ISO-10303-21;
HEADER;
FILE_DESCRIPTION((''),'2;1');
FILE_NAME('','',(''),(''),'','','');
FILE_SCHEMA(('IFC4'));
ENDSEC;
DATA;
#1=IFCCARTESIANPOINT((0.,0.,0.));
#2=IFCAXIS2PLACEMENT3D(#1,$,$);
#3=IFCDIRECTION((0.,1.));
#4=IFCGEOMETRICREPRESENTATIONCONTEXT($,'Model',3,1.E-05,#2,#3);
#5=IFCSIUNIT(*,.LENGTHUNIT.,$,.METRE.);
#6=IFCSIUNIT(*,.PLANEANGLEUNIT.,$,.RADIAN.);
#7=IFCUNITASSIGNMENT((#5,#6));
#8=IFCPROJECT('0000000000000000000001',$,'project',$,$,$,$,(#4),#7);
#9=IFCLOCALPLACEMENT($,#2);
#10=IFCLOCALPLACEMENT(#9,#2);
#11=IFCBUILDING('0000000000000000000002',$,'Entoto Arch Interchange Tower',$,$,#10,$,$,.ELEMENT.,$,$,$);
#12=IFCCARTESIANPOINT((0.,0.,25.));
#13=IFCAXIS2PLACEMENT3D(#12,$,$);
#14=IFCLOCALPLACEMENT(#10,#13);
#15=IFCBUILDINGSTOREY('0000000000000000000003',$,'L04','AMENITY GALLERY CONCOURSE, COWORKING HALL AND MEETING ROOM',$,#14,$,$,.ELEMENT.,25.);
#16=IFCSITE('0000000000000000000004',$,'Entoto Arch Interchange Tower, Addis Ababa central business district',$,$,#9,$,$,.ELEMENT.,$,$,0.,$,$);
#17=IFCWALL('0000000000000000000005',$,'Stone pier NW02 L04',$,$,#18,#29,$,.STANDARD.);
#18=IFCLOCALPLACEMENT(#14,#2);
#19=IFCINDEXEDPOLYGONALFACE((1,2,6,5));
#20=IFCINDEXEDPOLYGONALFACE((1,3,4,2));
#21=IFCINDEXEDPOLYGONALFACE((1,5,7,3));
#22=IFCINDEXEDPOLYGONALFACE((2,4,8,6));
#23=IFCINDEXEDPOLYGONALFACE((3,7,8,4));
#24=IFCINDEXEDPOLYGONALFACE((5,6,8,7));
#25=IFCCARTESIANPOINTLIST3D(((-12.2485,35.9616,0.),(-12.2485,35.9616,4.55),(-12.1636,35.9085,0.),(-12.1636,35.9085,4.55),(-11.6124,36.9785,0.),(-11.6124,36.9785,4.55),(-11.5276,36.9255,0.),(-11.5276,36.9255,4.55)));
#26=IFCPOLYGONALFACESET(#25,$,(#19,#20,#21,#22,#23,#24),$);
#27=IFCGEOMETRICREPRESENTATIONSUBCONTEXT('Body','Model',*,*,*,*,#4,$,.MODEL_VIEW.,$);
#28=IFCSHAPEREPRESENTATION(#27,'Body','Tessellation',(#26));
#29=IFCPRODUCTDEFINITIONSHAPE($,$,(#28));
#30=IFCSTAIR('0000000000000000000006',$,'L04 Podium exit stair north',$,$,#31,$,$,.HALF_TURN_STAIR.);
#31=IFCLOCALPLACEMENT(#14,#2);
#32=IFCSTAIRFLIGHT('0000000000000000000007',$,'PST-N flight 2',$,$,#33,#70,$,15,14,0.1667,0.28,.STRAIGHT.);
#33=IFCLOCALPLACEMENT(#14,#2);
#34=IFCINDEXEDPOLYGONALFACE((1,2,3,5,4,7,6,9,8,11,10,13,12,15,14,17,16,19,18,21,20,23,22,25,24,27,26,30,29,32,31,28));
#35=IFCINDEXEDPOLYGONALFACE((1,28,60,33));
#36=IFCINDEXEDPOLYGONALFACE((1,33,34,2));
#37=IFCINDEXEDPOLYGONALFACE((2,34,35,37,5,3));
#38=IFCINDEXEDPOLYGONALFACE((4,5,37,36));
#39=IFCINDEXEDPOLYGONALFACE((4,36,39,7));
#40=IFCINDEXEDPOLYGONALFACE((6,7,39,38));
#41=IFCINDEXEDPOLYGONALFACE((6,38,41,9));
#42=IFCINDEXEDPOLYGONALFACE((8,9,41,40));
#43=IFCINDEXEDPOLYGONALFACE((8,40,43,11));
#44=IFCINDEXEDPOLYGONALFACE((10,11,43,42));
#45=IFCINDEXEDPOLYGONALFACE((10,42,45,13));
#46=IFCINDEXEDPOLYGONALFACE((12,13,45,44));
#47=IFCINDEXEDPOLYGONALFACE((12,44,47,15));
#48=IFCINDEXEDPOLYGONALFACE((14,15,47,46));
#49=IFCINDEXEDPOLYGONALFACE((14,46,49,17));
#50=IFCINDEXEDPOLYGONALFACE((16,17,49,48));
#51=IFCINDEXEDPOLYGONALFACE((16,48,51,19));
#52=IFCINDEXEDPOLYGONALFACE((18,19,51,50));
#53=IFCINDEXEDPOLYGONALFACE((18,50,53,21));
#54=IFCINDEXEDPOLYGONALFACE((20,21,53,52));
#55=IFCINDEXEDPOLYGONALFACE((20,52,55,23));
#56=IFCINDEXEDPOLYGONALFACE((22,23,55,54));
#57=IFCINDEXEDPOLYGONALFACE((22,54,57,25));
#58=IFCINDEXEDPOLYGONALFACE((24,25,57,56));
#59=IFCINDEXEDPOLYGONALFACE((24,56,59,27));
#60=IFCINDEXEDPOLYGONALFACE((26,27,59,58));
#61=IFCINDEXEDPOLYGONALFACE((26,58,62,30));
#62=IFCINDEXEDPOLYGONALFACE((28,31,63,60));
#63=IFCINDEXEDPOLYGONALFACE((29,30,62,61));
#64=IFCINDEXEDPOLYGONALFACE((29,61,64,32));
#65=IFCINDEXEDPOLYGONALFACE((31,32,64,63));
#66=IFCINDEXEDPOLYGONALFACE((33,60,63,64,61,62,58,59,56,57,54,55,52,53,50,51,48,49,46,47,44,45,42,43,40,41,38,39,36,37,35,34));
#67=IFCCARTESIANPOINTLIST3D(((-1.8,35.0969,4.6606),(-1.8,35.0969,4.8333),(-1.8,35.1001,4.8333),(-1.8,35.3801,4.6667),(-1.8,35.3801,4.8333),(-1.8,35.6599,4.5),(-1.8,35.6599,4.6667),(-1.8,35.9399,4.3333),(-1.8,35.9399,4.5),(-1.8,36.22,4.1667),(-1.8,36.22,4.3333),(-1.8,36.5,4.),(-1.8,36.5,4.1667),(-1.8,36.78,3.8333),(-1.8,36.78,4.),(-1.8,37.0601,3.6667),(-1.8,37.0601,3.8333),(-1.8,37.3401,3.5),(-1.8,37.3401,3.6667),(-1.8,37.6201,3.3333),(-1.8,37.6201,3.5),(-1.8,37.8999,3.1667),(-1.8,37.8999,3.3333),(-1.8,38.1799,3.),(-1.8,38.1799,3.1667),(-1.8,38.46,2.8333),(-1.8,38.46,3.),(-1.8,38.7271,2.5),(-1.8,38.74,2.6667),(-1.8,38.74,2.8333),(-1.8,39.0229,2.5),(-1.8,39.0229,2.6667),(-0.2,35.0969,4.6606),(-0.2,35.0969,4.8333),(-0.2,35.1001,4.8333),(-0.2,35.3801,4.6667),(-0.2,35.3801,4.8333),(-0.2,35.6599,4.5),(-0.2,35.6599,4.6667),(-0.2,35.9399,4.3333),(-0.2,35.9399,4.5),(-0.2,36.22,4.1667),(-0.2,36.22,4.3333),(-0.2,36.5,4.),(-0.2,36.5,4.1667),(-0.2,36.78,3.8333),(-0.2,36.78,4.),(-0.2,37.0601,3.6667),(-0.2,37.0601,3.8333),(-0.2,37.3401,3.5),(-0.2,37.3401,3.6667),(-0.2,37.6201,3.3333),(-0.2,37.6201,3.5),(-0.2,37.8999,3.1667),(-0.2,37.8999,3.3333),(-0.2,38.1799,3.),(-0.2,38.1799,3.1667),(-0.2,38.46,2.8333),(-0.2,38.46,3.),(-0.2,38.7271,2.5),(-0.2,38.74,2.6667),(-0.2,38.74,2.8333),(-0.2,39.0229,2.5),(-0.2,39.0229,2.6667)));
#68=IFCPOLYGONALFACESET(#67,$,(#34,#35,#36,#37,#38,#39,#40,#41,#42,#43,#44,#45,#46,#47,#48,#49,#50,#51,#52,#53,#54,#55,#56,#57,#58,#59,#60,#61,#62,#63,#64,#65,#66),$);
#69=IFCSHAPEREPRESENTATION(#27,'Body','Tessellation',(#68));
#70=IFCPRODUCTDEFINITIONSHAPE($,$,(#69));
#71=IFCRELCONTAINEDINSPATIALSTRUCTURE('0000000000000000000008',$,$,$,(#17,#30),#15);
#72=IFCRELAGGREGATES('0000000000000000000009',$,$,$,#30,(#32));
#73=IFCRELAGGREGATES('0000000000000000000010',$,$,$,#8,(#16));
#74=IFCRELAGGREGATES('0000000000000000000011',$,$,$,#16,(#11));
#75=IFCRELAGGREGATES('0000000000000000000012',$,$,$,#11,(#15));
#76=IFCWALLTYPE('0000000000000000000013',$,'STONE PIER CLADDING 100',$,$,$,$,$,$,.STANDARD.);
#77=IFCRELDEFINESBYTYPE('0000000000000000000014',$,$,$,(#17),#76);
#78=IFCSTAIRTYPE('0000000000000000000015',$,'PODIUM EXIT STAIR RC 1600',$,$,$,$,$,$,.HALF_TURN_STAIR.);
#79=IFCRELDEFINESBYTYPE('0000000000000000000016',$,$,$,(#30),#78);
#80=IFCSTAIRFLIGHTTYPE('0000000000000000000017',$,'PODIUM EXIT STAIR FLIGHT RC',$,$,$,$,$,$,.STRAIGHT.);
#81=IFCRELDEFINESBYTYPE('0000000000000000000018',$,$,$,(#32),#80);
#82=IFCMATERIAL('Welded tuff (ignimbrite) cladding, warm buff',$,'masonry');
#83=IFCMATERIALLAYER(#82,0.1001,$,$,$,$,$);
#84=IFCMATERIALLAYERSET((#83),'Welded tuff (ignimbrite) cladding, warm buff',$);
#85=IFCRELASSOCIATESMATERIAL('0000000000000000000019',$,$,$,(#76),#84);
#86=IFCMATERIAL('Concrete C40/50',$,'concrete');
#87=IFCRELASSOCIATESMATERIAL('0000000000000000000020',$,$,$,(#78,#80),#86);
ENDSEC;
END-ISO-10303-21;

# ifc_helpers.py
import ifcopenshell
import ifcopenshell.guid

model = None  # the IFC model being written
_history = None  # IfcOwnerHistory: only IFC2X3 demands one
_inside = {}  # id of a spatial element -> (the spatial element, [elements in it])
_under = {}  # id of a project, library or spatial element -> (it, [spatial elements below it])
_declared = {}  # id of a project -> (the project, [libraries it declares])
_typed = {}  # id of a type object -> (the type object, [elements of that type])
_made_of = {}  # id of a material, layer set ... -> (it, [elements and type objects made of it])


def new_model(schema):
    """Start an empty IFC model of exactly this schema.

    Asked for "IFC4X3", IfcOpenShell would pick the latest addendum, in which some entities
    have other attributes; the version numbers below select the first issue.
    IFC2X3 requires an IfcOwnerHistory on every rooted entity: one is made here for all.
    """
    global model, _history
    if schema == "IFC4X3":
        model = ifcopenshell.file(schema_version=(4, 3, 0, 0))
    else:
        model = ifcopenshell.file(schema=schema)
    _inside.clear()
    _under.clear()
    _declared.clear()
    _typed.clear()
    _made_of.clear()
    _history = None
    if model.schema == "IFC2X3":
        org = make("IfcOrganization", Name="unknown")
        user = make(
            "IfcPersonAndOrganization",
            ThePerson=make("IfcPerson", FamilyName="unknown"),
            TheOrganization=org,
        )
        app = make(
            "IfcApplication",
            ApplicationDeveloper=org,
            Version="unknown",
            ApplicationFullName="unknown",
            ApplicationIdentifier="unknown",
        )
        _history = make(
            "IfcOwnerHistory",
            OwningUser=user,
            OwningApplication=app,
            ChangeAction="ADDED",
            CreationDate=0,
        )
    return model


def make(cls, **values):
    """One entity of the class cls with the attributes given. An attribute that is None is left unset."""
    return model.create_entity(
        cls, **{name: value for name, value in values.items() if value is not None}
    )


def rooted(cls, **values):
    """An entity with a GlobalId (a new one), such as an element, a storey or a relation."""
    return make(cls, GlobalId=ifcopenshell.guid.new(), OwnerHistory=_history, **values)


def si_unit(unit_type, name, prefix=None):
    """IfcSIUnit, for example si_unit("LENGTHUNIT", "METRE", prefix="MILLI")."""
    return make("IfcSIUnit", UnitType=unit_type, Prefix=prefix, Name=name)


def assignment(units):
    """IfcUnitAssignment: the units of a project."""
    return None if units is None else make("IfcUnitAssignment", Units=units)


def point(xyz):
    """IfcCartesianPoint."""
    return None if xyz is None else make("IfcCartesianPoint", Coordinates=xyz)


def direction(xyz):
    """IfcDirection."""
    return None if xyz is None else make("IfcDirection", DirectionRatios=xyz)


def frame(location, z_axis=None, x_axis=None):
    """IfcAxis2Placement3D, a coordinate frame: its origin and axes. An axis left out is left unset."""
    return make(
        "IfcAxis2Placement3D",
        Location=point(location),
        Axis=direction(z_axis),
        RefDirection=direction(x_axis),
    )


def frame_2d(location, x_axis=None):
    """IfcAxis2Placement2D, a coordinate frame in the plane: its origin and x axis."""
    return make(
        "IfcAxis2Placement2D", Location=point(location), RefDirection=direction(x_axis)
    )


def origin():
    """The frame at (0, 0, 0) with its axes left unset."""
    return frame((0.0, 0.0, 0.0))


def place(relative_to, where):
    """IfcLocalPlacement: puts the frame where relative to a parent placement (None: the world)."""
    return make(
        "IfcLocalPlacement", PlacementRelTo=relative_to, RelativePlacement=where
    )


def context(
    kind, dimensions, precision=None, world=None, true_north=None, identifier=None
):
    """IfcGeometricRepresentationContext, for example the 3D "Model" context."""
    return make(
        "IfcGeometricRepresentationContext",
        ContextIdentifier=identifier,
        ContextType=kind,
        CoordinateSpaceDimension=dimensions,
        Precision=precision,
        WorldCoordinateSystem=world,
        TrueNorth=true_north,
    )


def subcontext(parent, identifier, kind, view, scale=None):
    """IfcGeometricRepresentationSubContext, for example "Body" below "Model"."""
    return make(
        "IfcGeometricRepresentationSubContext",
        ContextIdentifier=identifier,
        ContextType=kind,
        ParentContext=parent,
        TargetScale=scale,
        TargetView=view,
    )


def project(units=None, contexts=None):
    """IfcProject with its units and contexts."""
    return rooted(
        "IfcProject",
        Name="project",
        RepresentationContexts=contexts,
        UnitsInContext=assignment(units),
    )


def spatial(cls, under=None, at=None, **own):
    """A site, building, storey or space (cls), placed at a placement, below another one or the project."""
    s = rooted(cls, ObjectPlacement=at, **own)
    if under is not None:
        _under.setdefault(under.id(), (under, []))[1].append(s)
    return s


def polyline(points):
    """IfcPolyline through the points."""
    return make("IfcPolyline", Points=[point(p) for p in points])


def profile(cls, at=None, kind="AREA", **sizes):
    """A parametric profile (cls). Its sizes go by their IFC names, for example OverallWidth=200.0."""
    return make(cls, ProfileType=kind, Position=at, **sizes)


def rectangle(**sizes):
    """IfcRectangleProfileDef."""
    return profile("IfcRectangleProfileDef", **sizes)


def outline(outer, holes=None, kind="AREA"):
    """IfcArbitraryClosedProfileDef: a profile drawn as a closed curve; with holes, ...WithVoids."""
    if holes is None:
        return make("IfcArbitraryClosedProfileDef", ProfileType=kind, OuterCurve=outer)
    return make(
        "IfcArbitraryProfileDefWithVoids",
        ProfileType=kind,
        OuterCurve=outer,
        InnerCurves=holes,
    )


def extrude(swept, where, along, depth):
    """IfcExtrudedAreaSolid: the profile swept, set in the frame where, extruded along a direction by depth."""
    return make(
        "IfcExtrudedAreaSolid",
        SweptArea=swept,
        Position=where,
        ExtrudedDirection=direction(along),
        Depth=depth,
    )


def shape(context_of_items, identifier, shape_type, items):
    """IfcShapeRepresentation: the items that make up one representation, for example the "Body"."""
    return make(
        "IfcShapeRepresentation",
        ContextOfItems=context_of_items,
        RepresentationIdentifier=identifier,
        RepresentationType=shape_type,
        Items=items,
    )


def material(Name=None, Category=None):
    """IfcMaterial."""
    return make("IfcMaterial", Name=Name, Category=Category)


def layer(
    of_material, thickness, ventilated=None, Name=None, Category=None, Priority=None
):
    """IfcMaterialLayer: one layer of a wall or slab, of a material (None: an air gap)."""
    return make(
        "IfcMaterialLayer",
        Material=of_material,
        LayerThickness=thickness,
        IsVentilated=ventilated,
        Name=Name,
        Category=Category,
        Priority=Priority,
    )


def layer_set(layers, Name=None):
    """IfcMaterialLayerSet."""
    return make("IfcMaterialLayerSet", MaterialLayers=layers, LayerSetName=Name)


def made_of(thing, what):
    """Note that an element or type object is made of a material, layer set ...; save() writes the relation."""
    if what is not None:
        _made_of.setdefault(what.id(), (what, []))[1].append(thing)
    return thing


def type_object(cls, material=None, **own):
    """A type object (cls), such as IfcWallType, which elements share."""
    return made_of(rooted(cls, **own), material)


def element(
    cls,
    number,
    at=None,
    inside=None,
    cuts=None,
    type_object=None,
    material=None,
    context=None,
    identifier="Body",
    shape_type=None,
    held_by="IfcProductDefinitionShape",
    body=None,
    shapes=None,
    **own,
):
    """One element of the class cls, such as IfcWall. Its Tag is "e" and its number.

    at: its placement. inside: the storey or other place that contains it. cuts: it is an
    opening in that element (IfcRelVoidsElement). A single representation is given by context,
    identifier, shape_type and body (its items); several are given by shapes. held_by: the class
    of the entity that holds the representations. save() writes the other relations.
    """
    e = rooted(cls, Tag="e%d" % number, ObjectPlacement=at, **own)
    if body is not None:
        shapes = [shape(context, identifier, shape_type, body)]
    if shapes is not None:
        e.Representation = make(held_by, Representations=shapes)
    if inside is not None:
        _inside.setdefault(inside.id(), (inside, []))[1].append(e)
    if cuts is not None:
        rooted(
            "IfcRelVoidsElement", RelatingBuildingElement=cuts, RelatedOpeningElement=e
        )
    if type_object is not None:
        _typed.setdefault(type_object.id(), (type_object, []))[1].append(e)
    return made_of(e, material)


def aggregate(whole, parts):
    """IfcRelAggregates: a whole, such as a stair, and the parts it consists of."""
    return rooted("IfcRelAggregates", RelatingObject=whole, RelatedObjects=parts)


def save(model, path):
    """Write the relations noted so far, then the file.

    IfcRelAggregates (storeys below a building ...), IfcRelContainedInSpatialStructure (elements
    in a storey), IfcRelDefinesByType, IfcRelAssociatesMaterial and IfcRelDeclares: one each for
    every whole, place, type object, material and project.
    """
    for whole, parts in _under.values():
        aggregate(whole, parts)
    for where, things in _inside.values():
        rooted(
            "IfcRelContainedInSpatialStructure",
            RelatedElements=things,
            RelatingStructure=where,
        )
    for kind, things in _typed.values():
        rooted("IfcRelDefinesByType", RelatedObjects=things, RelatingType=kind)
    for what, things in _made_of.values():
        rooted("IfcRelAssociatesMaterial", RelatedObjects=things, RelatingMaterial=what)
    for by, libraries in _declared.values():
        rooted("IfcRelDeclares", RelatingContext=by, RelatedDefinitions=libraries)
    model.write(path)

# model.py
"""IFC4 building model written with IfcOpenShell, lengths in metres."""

from ifc_helpers import new_model, si_unit, direction, frame, frame_2d, origin, place, context, subcontext, project, spatial, polyline, rectangle, outline, extrude, material, layer, layer_set, type_object, element, aggregate, save


model = new_model("IFC4")

# Units and contexts
model_context = context("Model", 3, precision=1e-05, world=origin(), true_north=direction((0.0, 1.0)))
body_context = subcontext(model_context, "Body", "Model", "MODEL_VIEW")
ifc_project = project(units=[si_unit("LENGTHUNIT", "METRE"), si_unit("PLANEANGLEUNIT", "RADIAN")], contexts=[model_context])

# Site, building, storey
site_placement = place(None, origin())
site = spatial("IfcSite", under=ifc_project, at=site_placement, Name="Entoto Arch Interchange Tower, Addis Ababa central business district", CompositionType="ELEMENT", RefElevation=0.0)
building_placement = place(site_placement, origin())
building = spatial("IfcBuilding", under=site, at=building_placement, Name="Entoto Arch Interchange Tower", CompositionType="ELEMENT")
storey_placement = place(building_placement, frame((0.0, 0.0, 25.0)))
storey = spatial("IfcBuildingStorey", under=building, at=storey_placement, Name="L04", Description="AMENITY GALLERY CONCOURSE, COWORKING HALL AND MEETING ROOM", CompositionType="ELEMENT", Elevation=25.0)

# Shared definitions
ifc_material_1 = material(Name="Welded tuff (ignimbrite) cladding, warm buff", Category="masonry")

# Wall
ifc_layer_1 = layer(ifc_material_1, 0.1001)
ifc_layer_set_1 = layer_set([ifc_layer_1], Name="Welded tuff (ignimbrite) cladding, warm buff")
wall_type_1 = type_object("IfcWallType", Name="STONE PIER CLADDING 100", PredefinedType="STANDARD", material=ifc_layer_set_1)
for number, where, z_axis, x_axis, name in (
    (1, (-11.5701, 36.9519, 0.0), (0.0, 0.0, 1.0), (-0.530273, -0.847827, 0.0), "Stone pier NW02 L04"),
):
    element("IfcWall", number, at=place(storey_placement, frame(where, z_axis=z_axis, x_axis=x_axis)), inside=storey, type_object=wall_type_1, Name=name, PredefinedType="STANDARD", context=body_context, shape_type="SweptSolid", body=[
        extrude(rectangle(XDim=1.1995, YDim=0.1001, at=frame_2d((0.5996, 0.0))), origin(), (0.0, 0.0, 1.0), 4.55),
    ])

# Stair, stair flight
ifc_material_2 = material(Name="Concrete C40/50", Category="concrete")
stair_type = type_object("IfcStairType", Name="PODIUM EXIT STAIR RC 1600", PredefinedType="HALF_TURN_STAIR", material=ifc_material_2)
stair_placement = place(storey_placement, origin())
stair = element("IfcStair", 2, at=stair_placement, inside=storey, type_object=stair_type, Name="L04 Podium exit stair north", PredefinedType="HALF_TURN_STAIR")
stair_flight_type = type_object("IfcStairFlightType", Name="PODIUM EXIT STAIR FLIGHT RC", PredefinedType="STRAIGHT", material=ifc_material_2)
stair_flight_placement = place(storey_placement, frame((-1.0, 39.02, 2.5), z_axis=(0.0, 0.0, 1.0), x_axis=(0.0, -1.0, 0.0)))
stair_flight = element("IfcStairFlight", 3, at=stair_flight_placement, type_object=stair_flight_type, Name="PST-N flight 2", NumberOfRisers=15, NumberOfTreads=14, PredefinedType="STRAIGHT", RiserHeight=0.1667, TreadLength=0.28, context=body_context, shape_type="SweptSolid", body=[
    extrude(outline(polyline([(-0.0029, 0.0), (-0.0029, 0.1667), (0.28, 0.1667), (0.28, 0.3333), (0.5601, 0.3333), (0.5601, 0.5), (0.8401, 0.5), (0.8401, 0.6667), (1.1201, 0.6667), (1.1201, 0.8333), (1.3999, 0.8333), (1.3999, 1.0), (1.6799, 1.0), (1.6799, 1.1667), (1.96, 1.1667), (1.96, 1.3333), (2.24, 1.3333), (2.24, 1.5), (2.52, 1.5), (2.52, 1.6667), (2.8, 1.6667), (2.8, 1.8333), (3.0801, 1.8333), (3.0801, 2.0), (3.3601, 2.0), (3.3601, 2.1667), (3.6399, 2.1667), (3.6399, 2.3333), (3.9199, 2.3333), (3.9231, 2.3333), (3.9231, 2.1606), (0.293, 0.0), (-0.0029, 0.0)])), frame((0.0, 0.8, 0.0), z_axis=(0.0, -1.0, 0.0), x_axis=(1.0, 0.0, 0.0)), (0.0, 0.0, 1.0), 1.6001),
])
aggregate(stair, [stair_flight])

save(model, "model.ifc")
